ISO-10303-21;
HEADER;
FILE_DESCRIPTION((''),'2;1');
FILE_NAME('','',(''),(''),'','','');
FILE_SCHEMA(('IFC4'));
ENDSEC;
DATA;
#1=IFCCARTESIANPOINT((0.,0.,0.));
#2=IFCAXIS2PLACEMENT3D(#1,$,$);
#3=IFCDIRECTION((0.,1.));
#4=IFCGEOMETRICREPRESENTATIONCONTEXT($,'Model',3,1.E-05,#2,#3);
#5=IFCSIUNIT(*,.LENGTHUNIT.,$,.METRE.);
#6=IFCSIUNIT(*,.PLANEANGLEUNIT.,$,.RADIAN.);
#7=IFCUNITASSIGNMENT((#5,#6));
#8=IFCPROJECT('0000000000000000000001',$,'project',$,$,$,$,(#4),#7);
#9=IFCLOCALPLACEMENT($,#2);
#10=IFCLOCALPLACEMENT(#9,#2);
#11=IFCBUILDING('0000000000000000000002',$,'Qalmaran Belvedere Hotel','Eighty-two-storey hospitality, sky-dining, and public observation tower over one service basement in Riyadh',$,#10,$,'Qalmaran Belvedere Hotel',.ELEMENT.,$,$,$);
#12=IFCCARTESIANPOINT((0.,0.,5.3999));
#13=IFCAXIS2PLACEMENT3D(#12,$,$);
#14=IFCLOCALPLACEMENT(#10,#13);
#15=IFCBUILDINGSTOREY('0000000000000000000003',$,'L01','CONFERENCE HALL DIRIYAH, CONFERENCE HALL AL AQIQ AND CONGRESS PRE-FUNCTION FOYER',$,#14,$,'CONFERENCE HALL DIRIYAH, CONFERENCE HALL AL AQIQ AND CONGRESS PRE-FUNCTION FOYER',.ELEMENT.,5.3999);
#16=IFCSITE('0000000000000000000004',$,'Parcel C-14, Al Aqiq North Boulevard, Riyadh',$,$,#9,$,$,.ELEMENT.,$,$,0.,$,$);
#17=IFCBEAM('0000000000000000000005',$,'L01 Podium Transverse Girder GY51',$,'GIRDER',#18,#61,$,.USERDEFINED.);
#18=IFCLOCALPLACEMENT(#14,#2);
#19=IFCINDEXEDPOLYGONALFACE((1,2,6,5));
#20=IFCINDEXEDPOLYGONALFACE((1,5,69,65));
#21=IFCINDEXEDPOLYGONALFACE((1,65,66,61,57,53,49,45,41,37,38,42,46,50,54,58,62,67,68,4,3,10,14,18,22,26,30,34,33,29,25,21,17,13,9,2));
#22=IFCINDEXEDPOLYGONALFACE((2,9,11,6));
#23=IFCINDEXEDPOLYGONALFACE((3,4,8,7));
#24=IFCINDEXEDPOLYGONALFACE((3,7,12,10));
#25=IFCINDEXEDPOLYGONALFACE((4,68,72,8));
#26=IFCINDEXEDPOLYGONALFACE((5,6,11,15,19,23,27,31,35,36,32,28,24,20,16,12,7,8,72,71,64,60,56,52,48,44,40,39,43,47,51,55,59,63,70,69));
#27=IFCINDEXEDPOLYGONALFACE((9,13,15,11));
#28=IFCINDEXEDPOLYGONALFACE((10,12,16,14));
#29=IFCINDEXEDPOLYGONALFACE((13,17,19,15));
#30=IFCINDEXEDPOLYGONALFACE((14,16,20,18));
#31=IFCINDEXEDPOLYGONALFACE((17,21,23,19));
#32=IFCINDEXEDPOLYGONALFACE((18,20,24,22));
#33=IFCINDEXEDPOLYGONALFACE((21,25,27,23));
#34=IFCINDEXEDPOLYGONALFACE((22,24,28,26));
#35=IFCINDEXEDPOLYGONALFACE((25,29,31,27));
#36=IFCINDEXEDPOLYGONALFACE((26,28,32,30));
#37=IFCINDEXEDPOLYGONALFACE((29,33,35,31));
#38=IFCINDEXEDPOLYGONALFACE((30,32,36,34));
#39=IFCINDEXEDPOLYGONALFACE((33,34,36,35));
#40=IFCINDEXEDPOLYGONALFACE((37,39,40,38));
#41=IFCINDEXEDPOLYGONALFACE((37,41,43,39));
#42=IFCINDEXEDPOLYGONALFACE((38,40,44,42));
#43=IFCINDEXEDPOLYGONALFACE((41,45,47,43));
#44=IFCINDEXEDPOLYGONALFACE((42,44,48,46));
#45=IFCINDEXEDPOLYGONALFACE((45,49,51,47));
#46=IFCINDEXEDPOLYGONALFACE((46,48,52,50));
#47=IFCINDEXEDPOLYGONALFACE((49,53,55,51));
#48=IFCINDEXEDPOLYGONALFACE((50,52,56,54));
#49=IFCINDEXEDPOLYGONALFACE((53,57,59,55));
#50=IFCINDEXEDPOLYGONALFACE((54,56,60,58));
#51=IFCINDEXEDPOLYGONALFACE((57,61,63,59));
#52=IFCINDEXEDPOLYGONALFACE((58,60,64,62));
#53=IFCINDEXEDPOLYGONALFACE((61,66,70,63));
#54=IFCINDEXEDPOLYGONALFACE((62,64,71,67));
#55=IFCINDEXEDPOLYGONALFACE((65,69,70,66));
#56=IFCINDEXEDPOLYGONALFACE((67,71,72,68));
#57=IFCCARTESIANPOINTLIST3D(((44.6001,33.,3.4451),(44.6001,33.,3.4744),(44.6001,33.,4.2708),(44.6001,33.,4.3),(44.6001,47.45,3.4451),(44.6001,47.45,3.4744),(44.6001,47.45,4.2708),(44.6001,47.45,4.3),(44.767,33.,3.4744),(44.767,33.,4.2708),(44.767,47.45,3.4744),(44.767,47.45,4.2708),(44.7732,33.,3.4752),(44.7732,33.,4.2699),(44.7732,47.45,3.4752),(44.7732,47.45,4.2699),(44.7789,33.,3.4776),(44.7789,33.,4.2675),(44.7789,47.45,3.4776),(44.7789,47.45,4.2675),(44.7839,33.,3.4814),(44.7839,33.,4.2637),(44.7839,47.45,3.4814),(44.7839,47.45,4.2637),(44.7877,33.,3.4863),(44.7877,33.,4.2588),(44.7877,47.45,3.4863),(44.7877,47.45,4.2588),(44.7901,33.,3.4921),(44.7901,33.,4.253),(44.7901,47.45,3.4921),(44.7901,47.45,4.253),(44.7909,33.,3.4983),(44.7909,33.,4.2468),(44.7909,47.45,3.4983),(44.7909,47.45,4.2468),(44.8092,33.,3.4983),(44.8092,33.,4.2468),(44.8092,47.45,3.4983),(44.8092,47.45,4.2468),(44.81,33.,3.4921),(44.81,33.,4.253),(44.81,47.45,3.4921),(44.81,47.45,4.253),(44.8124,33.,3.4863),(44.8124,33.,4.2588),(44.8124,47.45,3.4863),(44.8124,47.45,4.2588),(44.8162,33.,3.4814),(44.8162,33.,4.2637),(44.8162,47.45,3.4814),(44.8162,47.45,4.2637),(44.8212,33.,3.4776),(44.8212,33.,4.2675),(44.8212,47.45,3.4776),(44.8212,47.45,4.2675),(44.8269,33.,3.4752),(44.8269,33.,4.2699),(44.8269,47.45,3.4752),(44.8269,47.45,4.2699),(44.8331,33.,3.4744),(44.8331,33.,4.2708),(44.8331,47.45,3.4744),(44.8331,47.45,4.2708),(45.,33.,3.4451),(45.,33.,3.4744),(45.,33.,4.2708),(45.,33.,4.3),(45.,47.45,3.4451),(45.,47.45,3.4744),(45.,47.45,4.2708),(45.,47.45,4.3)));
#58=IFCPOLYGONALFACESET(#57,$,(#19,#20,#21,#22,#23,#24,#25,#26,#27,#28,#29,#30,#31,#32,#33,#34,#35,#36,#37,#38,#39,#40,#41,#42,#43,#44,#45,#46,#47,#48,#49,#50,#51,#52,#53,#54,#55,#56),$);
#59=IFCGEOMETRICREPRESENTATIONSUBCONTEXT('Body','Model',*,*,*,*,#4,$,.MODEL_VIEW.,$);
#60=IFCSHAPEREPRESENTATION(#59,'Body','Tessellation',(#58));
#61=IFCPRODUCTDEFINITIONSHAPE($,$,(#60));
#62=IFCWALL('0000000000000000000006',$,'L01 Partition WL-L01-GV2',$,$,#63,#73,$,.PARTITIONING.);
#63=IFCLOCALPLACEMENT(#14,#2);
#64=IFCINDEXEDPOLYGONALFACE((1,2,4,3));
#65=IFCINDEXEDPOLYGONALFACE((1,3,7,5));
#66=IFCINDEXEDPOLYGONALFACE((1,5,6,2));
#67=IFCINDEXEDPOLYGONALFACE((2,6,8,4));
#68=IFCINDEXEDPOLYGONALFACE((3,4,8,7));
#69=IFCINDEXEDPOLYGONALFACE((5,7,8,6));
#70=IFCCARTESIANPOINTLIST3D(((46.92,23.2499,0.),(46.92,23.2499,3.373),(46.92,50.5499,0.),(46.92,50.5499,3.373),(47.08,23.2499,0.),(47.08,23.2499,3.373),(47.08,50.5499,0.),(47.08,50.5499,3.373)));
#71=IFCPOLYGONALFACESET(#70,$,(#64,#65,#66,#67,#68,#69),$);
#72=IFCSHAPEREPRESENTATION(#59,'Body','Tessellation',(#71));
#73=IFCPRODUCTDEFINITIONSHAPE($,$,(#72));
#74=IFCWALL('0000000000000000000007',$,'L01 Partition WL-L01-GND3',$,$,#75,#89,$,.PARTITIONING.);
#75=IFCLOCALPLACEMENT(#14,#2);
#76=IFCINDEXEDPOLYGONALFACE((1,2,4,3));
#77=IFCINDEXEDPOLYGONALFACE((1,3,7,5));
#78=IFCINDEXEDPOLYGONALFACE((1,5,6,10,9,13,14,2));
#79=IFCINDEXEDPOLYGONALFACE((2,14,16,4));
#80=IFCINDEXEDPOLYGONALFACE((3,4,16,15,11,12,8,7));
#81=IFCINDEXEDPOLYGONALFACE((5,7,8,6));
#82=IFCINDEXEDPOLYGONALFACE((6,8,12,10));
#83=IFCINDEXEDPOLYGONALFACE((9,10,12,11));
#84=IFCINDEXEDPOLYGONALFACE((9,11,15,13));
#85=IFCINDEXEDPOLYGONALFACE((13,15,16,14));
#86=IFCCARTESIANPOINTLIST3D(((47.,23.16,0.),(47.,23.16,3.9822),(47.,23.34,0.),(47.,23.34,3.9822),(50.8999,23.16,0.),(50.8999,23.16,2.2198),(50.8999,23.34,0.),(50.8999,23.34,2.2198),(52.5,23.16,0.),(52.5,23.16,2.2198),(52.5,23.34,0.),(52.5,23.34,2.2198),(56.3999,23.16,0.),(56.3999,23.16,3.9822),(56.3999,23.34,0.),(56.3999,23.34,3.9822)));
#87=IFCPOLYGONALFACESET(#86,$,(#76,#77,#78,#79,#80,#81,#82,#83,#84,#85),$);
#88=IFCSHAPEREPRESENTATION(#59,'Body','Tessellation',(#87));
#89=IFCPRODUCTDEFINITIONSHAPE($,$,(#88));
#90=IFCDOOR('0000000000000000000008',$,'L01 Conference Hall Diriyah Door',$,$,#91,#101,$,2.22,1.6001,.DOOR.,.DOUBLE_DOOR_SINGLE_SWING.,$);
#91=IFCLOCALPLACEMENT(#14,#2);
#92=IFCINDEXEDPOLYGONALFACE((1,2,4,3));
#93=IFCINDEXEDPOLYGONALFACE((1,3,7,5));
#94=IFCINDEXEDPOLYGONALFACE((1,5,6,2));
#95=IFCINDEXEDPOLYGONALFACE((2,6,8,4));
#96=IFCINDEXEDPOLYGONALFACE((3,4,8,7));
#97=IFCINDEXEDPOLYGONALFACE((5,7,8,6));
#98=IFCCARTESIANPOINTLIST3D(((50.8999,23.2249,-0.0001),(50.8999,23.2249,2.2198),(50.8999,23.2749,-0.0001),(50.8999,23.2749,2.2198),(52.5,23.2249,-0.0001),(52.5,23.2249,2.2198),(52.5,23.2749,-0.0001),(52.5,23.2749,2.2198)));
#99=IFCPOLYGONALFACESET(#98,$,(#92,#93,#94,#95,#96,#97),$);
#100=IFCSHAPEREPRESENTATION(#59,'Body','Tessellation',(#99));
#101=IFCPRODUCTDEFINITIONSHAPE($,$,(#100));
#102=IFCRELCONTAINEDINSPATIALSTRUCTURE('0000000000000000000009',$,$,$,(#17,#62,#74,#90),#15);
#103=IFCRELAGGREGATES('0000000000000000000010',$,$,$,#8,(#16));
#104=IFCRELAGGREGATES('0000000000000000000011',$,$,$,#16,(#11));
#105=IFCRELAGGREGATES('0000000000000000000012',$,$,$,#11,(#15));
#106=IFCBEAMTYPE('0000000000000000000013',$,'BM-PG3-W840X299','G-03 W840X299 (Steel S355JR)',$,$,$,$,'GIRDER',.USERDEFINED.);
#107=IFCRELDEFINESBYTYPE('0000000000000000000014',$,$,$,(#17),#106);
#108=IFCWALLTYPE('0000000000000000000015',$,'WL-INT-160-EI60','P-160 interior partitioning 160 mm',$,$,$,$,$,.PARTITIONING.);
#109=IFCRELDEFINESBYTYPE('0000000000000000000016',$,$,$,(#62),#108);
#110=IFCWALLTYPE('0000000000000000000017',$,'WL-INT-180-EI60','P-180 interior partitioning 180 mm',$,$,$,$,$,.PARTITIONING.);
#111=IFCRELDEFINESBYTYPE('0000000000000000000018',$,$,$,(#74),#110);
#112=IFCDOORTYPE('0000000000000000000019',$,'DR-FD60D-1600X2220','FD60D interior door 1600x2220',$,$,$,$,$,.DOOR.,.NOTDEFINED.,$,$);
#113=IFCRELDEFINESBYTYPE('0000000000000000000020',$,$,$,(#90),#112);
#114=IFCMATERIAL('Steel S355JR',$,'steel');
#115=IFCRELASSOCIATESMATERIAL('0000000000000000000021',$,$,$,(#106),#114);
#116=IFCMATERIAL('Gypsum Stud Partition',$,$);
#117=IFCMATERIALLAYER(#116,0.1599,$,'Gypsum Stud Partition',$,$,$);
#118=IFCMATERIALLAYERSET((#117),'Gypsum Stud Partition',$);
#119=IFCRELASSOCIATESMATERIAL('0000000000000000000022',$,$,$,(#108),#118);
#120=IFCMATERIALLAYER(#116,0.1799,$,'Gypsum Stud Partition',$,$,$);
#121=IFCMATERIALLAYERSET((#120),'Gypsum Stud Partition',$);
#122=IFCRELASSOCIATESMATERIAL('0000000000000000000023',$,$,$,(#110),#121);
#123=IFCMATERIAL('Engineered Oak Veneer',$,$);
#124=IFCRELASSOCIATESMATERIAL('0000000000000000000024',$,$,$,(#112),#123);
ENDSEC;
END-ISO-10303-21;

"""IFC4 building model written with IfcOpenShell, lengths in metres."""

from ifc_helpers import new_model, si_unit, direction, frame, frame_2d, origin, origin_2d, place, context, subcontext, project, spatial, rectangle, i_section, extrude, material, layer, layer_set, material_profile, profile_set, type_object, element, fill, save


model = new_model("IFC4")

# Units and contexts
model_context = context("Model", 3, precision=1e-05, world=origin(), true_north=direction((0.0, 1.0)))
body_context = subcontext(model_context, "Body", "Model", "MODEL_VIEW")
ifc_project = project(units=[si_unit("LENGTHUNIT", "METRE"), si_unit("PLANEANGLEUNIT", "RADIAN")], contexts=[model_context])

# Site, building, storey
site_placement = place(None, origin())
site = spatial("IfcSite", under=ifc_project, at=site_placement, Name="Parcel C-14, Al Aqiq North Boulevard, Riyadh", CompositionType="ELEMENT", RefElevation=0.0)
building_placement = place(site_placement, origin())
building = spatial("IfcBuilding", under=site, at=building_placement, Name="Qalmaran Belvedere Hotel", Description="Eighty-two-storey hospitality, sky-dining, and public observation tower over one service basement in Riyadh", LongName="Qalmaran Belvedere Hotel", CompositionType="ELEMENT")
storey_placement = place(building_placement, frame((0.0, 0.0, 5.3999)))
storey = spatial("IfcBuildingStorey", under=building, at=storey_placement, Name="L01", Description="CONFERENCE HALL DIRIYAH, CONFERENCE HALL AL AQIQ AND CONGRESS PRE-FUNCTION FOYER", LongName="CONFERENCE HALL DIRIYAH, CONFERENCE HALL AL AQIQ AND CONGRESS PRE-FUNCTION FOYER", CompositionType="ELEMENT", Elevation=5.3999)

# Beam
ifc_material_1 = material(Name="Steel S355JR", Category="steel")
ifc_material_profile_1 = material_profile(ifc_material_1, i_section(OverallWidth=0.3999, OverallDepth=0.855, WebThickness=0.0183, FlangeThickness=0.0293, FilletRadius=0.0239, at=origin_2d()), Name="W840X299")
ifc_profile_set_1 = profile_set([ifc_material_profile_1], Name="Steel S355JR")
beam_type_1 = type_object("IfcBeamType", Name="BM-PG3-W840X299", Description="G-03 W840X299 (Steel S355JR)", ElementType="GIRDER", PredefinedType="USERDEFINED", material=ifc_profile_set_1)
for number, where, z_axis, x_axis, name in (
    (1, (44.8, 33.0, 3.8726), (0.0, 1.0, 0.0), (-1.0, 0.0, 0.0), "L01 Podium Transverse Girder GY51"),
):
    element("IfcBeam", number, at=place(storey_placement, frame(where, z_axis=z_axis, x_axis=x_axis)), inside=storey, type_object=beam_type_1, Name=name, ObjectType="GIRDER", PredefinedType="USERDEFINED", context=body_context, shape_type="SweptSolid", body=[
        extrude(i_section(OverallWidth=0.3999, OverallDepth=0.855, WebThickness=0.0183, FlangeThickness=0.0293, FilletRadius=0.0239, at=origin_2d()), origin(), (0.0, 0.0, 1.0), 14.45),
    ])

# Wall
ifc_material_2 = material(Name="Gypsum Stud Partition")
ifc_layer_1 = layer(ifc_material_2, 0.1599, Name="Gypsum Stud Partition")
ifc_layer_set_1 = layer_set([ifc_layer_1], Name="Gypsum Stud Partition")
wall_type_1 = type_object("IfcWallType", Name="WL-INT-160-EI60", Description="P-160 interior partitioning 160 mm", PredefinedType="PARTITIONING", material=ifc_layer_set_1)
wall_1_placement = place(storey_placement, frame((47.0, 23.25, 0.0), z_axis=(0.0, 0.0, 1.0), x_axis=(0.0, 1.0, 0.0)))
element("IfcWall", 2, at=wall_1_placement, inside=storey, type_object=wall_type_1, Name="L01 Partition WL-L01-GV2", PredefinedType="PARTITIONING", context=body_context, shape_type="SweptSolid", body=[
    extrude(rectangle(XDim=27.3, YDim=0.1599, at=frame_2d((13.6499, 0.0))), origin(), (0.0, 0.0, 1.0), 3.373),
])

# Wall, opening, door
ifc_layer_2 = layer(ifc_material_2, 0.1799, Name="Gypsum Stud Partition")
ifc_layer_set_2 = layer_set([ifc_layer_2], Name="Gypsum Stud Partition")
wall_type_2 = type_object("IfcWallType", Name="WL-INT-180-EI60", Description="P-180 interior partitioning 180 mm", PredefinedType="PARTITIONING", material=ifc_layer_set_2)
wall_2_placement = place(storey_placement, frame((47.0, 23.25, 0.0), z_axis=(0.0, 0.0, 1.0), x_axis=(1.0, 0.0, 0.0)))
wall_2 = element("IfcWall", 3, at=wall_2_placement, inside=storey, type_object=wall_type_2, Name="L01 Partition WL-L01-GND3", PredefinedType="PARTITIONING", context=body_context, shape_type="SweptSolid", body=[
    extrude(rectangle(XDim=9.3999, YDim=0.1799, at=frame_2d((4.7, 0.0))), origin(), (0.0, 0.0, 1.0), 3.9822),
])
opening_placement = place(wall_2_placement, frame((3.8999, 0.0, 0.0)))
opening = element("IfcOpeningElement", 4, at=opening_placement, cuts=wall_2, PredefinedType="OPENING", context=body_context, shape_type="SweptSolid", body=[
    extrude(rectangle(XDim=1.6001, YDim=2.22, at=frame_2d((0.8, 1.1099))), frame((0.0, 0.1001, 0.0), z_axis=(0.0, -1.0, 0.0), x_axis=(1.0, 0.0, 0.0)), (0.0, 0.0, 1.0), 0.2),
])
ifc_material_3 = material(Name="Engineered Oak Veneer")
door_type = type_object("IfcDoorType", Name="DR-FD60D-1600X2220", Description="FD60D interior door 1600x2220", OperationType="NOTDEFINED", PredefinedType="DOOR", material=ifc_material_3)
door_placement = place(opening_placement, origin())
door = element("IfcDoor", 5, at=door_placement, inside=storey, type_object=door_type, Name="L01 Conference Hall Diriyah Door", OperationType="DOUBLE_DOOR_SINGLE_SWING", OverallHeight=2.22, OverallWidth=1.6001, PredefinedType="DOOR", context=body_context, shape_type="SweptSolid", body=[
    extrude(rectangle(XDim=1.6001, YDim=2.22, at=frame_2d((0.8, 1.1099))), frame((0.0, 0.0249, 0.0), z_axis=(0.0, -1.0, 0.0), x_axis=(1.0, 0.0, 0.0)), (0.0, 0.0, 1.0), 0.05),
])
fill(opening, door)

save(model, "model.ifc")
